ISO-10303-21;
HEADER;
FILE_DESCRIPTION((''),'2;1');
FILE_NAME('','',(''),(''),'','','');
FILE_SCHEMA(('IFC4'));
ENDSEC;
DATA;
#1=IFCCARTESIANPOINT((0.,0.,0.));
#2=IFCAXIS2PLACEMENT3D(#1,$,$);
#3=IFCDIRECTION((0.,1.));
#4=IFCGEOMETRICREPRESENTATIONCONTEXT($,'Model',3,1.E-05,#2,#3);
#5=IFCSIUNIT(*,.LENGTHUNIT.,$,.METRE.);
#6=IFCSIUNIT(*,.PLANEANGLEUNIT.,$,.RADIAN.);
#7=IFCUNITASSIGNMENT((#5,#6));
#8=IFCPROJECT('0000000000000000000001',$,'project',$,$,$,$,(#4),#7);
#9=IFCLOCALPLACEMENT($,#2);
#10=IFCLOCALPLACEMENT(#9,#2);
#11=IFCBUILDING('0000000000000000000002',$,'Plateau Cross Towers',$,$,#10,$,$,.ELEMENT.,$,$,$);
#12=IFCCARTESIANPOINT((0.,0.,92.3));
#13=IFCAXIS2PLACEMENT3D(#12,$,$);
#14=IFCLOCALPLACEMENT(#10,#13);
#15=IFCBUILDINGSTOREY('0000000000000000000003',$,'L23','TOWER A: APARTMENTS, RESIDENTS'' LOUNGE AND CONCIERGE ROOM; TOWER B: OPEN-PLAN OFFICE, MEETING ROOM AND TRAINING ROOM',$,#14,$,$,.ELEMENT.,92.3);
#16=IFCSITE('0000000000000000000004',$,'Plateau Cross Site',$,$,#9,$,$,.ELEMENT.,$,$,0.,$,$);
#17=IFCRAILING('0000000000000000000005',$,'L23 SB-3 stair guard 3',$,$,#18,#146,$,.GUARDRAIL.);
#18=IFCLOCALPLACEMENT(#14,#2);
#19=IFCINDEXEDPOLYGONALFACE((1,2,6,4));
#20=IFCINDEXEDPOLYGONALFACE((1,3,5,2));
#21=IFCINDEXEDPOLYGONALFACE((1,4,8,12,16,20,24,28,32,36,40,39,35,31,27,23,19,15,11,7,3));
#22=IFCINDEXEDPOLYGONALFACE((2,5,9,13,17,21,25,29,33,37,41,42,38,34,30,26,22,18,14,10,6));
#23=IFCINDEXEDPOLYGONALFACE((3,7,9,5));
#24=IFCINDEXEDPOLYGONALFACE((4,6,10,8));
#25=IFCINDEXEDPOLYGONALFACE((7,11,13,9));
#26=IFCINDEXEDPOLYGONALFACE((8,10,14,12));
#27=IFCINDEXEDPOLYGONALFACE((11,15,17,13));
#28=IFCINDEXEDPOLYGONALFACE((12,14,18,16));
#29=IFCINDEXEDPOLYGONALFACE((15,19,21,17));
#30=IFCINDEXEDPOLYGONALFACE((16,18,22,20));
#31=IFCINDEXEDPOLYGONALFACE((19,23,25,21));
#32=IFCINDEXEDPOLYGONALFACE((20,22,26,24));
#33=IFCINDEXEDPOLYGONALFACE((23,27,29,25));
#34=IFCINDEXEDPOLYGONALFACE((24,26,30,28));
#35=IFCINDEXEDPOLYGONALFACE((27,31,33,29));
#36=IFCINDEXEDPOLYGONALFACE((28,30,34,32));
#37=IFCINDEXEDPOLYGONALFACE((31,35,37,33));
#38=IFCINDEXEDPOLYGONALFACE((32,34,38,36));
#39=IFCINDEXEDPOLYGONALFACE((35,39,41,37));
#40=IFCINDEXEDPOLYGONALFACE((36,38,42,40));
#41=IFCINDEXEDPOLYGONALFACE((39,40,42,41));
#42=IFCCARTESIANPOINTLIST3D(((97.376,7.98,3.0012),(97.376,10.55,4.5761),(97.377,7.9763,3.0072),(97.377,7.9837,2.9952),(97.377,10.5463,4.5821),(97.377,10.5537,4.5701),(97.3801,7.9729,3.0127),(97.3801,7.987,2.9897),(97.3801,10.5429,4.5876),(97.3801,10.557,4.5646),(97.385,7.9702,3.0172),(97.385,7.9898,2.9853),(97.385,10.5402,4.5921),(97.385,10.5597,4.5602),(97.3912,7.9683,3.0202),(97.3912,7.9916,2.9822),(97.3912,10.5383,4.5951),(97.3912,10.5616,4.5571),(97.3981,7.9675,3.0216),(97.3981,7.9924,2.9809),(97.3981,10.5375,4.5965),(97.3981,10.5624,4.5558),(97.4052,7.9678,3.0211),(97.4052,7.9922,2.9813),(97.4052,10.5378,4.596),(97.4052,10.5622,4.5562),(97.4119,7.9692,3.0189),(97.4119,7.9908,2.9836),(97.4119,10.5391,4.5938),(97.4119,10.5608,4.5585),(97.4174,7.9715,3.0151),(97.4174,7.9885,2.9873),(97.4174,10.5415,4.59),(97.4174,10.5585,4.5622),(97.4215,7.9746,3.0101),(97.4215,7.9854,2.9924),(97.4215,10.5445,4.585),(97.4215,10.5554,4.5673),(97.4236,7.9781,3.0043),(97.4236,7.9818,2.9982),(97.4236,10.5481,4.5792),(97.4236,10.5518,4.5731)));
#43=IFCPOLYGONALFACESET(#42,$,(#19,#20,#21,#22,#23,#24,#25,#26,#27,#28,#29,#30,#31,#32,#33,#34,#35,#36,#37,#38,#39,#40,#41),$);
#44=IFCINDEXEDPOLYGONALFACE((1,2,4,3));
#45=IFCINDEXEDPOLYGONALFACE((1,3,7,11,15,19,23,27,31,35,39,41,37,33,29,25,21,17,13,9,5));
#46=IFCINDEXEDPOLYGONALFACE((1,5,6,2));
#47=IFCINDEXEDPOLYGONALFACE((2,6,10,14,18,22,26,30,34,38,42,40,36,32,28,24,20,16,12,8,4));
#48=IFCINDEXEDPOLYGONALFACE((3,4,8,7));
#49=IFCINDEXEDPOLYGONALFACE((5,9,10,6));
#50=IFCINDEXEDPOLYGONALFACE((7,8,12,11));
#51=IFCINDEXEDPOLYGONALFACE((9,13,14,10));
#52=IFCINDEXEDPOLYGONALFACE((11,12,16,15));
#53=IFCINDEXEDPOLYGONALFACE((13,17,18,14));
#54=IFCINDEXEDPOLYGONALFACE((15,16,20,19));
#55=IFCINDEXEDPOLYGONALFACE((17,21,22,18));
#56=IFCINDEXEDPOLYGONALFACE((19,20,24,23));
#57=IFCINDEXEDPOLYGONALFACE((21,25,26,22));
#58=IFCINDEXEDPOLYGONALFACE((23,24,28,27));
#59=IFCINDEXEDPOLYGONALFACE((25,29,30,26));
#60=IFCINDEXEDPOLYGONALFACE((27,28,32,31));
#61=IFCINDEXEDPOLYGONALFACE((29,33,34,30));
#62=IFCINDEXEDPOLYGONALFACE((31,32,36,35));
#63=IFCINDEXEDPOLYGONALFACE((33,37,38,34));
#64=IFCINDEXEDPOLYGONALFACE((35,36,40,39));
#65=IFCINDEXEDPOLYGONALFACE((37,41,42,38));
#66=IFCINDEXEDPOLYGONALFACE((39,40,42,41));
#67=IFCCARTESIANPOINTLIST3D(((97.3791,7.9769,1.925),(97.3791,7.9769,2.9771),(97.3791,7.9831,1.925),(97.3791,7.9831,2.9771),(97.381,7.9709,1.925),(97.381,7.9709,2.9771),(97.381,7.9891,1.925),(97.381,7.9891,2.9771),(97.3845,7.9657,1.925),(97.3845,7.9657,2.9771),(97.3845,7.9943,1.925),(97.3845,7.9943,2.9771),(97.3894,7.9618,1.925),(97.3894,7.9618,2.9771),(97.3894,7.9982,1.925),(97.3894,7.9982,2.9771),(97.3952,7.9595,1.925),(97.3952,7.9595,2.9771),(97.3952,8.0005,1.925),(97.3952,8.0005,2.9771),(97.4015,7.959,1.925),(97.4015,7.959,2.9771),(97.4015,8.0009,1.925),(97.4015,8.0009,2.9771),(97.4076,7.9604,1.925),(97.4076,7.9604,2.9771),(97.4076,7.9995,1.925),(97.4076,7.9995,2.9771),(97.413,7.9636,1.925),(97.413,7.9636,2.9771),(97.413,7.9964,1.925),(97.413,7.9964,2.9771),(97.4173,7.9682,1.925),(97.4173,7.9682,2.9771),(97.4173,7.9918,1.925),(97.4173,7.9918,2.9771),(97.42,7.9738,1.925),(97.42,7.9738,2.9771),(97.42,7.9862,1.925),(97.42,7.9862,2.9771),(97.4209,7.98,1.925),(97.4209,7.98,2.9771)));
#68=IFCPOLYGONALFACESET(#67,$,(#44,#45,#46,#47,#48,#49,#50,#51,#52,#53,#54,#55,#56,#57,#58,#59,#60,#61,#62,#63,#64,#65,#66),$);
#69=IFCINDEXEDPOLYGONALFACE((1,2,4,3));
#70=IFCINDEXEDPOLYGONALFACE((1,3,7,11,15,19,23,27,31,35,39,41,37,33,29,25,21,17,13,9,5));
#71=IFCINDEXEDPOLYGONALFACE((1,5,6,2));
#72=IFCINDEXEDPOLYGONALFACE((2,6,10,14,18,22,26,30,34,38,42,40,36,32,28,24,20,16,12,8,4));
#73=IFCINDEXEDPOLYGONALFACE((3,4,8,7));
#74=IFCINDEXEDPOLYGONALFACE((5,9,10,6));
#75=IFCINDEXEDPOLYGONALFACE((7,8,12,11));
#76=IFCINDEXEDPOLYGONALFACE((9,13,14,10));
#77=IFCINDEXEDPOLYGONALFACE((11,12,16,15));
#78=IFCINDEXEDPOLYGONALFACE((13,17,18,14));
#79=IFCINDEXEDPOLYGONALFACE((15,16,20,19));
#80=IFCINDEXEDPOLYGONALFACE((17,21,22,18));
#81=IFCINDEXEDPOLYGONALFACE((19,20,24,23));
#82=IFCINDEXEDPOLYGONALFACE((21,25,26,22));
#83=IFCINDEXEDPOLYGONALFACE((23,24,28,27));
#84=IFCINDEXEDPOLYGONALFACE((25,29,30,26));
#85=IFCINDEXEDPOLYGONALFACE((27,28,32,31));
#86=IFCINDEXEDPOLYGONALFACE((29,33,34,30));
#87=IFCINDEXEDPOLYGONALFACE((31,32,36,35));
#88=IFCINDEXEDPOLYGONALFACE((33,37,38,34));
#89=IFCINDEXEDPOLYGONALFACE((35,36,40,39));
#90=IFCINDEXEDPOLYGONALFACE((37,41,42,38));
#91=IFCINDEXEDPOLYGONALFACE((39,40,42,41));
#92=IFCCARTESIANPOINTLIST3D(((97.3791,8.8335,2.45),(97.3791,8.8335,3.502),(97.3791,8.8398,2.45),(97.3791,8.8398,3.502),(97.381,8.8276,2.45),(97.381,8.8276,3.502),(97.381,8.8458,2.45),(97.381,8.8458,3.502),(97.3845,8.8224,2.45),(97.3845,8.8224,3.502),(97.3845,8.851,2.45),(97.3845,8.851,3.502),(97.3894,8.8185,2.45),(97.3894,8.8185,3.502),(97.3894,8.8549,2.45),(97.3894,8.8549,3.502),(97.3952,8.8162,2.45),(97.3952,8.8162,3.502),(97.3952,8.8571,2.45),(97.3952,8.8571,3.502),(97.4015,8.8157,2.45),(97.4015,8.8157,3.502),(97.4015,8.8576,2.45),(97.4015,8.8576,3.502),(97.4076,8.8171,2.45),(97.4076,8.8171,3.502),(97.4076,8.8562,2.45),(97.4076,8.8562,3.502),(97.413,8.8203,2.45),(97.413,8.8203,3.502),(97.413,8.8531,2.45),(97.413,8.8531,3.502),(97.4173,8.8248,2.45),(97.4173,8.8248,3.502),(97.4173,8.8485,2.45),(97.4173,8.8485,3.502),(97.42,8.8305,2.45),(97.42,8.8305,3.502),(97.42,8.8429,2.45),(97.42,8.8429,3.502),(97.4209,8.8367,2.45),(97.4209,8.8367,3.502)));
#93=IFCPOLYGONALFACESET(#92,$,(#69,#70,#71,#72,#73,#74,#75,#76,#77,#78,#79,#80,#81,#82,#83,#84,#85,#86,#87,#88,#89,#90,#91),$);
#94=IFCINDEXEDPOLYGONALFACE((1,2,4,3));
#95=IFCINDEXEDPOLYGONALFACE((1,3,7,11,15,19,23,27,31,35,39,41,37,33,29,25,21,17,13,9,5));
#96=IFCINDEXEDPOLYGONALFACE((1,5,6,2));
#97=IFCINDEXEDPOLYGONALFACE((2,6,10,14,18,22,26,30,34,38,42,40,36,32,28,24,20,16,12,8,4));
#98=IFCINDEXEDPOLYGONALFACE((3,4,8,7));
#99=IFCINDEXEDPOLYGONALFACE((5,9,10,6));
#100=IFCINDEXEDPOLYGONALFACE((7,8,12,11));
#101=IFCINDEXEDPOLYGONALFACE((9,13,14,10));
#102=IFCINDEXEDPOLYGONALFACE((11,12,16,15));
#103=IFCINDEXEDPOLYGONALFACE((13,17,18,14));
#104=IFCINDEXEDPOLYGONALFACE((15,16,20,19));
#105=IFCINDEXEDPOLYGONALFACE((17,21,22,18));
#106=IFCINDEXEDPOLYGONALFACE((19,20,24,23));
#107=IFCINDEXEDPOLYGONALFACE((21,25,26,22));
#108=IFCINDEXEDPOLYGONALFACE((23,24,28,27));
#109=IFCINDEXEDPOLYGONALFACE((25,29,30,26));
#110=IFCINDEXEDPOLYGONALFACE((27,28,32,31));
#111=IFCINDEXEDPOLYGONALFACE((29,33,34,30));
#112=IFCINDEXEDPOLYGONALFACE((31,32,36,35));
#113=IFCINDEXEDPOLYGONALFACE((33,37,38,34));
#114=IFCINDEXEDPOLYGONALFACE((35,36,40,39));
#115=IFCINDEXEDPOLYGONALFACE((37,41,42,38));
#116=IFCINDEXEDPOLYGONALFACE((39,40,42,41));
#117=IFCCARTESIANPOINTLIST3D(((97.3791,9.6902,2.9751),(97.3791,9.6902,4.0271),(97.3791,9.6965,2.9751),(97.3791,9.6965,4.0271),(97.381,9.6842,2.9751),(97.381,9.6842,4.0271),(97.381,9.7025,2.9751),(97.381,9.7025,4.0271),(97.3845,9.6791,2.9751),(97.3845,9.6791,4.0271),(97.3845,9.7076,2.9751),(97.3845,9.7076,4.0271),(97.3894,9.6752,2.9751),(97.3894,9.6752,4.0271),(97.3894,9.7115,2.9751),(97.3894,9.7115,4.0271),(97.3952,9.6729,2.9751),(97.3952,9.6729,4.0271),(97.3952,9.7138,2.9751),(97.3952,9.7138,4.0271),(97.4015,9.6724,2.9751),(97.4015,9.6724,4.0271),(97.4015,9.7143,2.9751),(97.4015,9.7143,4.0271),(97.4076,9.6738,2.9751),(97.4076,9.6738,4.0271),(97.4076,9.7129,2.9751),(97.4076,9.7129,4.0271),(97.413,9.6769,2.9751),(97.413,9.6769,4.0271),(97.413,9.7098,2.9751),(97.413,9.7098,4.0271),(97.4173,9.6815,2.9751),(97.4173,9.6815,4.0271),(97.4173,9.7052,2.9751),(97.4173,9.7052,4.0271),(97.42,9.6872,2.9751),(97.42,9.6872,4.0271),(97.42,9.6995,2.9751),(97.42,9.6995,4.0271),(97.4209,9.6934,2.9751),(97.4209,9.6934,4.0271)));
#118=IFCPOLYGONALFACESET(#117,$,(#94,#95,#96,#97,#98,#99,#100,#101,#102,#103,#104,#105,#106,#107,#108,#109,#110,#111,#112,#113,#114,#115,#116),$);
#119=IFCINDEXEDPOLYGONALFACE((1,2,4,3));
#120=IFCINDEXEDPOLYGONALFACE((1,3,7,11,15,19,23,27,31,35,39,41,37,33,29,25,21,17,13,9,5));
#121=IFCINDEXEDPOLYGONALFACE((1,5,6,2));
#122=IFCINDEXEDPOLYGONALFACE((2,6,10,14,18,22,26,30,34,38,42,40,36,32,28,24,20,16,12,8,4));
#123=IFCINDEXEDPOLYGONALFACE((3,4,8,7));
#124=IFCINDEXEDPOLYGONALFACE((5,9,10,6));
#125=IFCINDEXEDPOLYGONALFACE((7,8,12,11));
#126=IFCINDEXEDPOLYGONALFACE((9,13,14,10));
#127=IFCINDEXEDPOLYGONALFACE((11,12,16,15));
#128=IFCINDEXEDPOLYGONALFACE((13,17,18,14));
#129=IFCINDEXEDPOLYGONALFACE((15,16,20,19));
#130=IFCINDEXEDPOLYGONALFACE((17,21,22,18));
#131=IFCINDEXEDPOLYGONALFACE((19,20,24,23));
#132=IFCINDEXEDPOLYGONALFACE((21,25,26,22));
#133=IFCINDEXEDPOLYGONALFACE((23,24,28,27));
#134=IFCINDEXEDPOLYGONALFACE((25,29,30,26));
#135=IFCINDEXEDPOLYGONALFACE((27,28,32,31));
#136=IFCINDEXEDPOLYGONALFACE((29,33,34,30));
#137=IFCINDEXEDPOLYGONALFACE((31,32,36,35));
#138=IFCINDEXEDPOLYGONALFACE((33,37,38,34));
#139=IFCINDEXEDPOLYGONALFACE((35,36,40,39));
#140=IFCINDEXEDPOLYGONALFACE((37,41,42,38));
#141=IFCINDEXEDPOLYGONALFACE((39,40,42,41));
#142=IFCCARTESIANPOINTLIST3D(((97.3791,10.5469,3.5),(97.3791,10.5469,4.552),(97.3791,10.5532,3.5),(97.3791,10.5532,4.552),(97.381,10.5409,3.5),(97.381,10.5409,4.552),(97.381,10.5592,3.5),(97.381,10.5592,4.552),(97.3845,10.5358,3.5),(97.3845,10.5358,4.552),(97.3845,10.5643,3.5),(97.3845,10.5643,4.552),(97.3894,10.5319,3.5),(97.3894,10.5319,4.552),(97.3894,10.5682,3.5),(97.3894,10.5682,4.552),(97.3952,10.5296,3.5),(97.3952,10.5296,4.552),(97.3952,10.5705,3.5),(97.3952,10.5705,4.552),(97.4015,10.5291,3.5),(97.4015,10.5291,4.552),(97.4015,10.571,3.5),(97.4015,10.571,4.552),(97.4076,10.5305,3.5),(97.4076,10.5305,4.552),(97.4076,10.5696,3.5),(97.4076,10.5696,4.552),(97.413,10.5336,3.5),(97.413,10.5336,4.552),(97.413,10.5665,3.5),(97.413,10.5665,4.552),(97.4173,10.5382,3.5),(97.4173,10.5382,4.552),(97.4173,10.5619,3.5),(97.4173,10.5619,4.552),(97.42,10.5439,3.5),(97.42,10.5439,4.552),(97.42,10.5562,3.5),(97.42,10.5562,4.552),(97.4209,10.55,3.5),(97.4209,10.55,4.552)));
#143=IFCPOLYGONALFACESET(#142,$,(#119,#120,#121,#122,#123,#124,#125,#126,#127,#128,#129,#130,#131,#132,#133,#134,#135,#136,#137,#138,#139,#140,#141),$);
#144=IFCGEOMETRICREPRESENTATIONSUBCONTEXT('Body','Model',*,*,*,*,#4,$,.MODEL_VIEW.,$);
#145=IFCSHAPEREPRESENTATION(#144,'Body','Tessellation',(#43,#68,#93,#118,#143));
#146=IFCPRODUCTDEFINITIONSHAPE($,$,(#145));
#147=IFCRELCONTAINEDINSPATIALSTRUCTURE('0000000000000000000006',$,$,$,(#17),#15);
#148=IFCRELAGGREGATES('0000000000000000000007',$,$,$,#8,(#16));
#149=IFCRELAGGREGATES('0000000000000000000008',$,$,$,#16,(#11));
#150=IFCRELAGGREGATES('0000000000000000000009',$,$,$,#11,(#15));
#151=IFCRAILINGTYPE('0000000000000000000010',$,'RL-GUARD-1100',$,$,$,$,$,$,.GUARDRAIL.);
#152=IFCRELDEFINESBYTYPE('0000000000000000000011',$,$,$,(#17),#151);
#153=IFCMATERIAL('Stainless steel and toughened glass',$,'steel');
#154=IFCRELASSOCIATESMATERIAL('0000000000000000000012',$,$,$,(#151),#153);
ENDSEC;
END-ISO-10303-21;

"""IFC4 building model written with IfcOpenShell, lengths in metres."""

from ifc_helpers import new_model, si_unit, direction, frame, origin, origin_2d, place, context, subcontext, project, spatial, circle, extrude, material, type_object, element, save


model = new_model("IFC4")

# Units and contexts
model_context = context("Model", 3, precision=1e-05, world=origin(), true_north=direction((0.0, 1.0)))
body_context = subcontext(model_context, "Body", "Model", "MODEL_VIEW")
ifc_project = project(units=[si_unit("LENGTHUNIT", "METRE"), si_unit("PLANEANGLEUNIT", "RADIAN")], contexts=[model_context])

# Site, building, storey
site_placement = place(None, origin())
site = spatial("IfcSite", under=ifc_project, at=site_placement, Name="Plateau Cross Site", CompositionType="ELEMENT", RefElevation=0.0)
building_placement = place(site_placement, origin())
building = spatial("IfcBuilding", under=site, at=building_placement, Name="Plateau Cross Towers", CompositionType="ELEMENT")
storey_placement = place(building_placement, frame((0.0, 0.0, 92.3)))
storey = spatial("IfcBuildingStorey", under=building, at=storey_placement, Name="L23", Description="TOWER A: APARTMENTS, RESIDENTS' LOUNGE AND CONCIERGE ROOM; TOWER B: OPEN-PLAN OFFICE, MEETING ROOM AND TRAINING ROOM", CompositionType="ELEMENT", Elevation=92.3)

# Railing
ifc_material_1 = material(Name="Stainless steel and toughened glass", Category="steel")
railing_type_1 = type_object("IfcRailingType", Name="RL-GUARD-1100", PredefinedType="GUARDRAIL", material=ifc_material_1)
railing_1_placement = place(storey_placement, frame((97.3999, 7.98, 1.925)))
element("IfcRailing", 1, at=railing_1_placement, inside=storey, type_object=railing_type_1, Name="L23 SB-3 stair guard 3", PredefinedType="GUARDRAIL", context=body_context, shape_type="SweptSolid", body=[
    extrude(circle(Radius=0.0239, at=origin_2d()), frame((0.0, 0.0, 1.0762), z_axis=(0.0, 0.852639, 0.522501), x_axis=(-1.0, 0.0, 0.0)), (0.0, 0.0, 1.0), 3.0142),
    extrude(circle(Radius=0.021, at=origin_2d()), origin(), (0.0, 0.0, 1.0), 1.052),
    extrude(circle(Radius=0.021, at=origin_2d()), frame((0.0, 0.8567, 0.5249)), (0.0, 0.0, 1.0), 1.052),
    extrude(circle(Radius=0.021, at=origin_2d()), frame((0.0, 1.7134, 1.05)), (0.0, 0.0, 1.0), 1.052),
    extrude(circle(Radius=0.021, at=origin_2d()), frame((0.0, 2.5701, 1.575)), (0.0, 0.0, 1.0), 1.052),
])

save(model, "model.ifc")
